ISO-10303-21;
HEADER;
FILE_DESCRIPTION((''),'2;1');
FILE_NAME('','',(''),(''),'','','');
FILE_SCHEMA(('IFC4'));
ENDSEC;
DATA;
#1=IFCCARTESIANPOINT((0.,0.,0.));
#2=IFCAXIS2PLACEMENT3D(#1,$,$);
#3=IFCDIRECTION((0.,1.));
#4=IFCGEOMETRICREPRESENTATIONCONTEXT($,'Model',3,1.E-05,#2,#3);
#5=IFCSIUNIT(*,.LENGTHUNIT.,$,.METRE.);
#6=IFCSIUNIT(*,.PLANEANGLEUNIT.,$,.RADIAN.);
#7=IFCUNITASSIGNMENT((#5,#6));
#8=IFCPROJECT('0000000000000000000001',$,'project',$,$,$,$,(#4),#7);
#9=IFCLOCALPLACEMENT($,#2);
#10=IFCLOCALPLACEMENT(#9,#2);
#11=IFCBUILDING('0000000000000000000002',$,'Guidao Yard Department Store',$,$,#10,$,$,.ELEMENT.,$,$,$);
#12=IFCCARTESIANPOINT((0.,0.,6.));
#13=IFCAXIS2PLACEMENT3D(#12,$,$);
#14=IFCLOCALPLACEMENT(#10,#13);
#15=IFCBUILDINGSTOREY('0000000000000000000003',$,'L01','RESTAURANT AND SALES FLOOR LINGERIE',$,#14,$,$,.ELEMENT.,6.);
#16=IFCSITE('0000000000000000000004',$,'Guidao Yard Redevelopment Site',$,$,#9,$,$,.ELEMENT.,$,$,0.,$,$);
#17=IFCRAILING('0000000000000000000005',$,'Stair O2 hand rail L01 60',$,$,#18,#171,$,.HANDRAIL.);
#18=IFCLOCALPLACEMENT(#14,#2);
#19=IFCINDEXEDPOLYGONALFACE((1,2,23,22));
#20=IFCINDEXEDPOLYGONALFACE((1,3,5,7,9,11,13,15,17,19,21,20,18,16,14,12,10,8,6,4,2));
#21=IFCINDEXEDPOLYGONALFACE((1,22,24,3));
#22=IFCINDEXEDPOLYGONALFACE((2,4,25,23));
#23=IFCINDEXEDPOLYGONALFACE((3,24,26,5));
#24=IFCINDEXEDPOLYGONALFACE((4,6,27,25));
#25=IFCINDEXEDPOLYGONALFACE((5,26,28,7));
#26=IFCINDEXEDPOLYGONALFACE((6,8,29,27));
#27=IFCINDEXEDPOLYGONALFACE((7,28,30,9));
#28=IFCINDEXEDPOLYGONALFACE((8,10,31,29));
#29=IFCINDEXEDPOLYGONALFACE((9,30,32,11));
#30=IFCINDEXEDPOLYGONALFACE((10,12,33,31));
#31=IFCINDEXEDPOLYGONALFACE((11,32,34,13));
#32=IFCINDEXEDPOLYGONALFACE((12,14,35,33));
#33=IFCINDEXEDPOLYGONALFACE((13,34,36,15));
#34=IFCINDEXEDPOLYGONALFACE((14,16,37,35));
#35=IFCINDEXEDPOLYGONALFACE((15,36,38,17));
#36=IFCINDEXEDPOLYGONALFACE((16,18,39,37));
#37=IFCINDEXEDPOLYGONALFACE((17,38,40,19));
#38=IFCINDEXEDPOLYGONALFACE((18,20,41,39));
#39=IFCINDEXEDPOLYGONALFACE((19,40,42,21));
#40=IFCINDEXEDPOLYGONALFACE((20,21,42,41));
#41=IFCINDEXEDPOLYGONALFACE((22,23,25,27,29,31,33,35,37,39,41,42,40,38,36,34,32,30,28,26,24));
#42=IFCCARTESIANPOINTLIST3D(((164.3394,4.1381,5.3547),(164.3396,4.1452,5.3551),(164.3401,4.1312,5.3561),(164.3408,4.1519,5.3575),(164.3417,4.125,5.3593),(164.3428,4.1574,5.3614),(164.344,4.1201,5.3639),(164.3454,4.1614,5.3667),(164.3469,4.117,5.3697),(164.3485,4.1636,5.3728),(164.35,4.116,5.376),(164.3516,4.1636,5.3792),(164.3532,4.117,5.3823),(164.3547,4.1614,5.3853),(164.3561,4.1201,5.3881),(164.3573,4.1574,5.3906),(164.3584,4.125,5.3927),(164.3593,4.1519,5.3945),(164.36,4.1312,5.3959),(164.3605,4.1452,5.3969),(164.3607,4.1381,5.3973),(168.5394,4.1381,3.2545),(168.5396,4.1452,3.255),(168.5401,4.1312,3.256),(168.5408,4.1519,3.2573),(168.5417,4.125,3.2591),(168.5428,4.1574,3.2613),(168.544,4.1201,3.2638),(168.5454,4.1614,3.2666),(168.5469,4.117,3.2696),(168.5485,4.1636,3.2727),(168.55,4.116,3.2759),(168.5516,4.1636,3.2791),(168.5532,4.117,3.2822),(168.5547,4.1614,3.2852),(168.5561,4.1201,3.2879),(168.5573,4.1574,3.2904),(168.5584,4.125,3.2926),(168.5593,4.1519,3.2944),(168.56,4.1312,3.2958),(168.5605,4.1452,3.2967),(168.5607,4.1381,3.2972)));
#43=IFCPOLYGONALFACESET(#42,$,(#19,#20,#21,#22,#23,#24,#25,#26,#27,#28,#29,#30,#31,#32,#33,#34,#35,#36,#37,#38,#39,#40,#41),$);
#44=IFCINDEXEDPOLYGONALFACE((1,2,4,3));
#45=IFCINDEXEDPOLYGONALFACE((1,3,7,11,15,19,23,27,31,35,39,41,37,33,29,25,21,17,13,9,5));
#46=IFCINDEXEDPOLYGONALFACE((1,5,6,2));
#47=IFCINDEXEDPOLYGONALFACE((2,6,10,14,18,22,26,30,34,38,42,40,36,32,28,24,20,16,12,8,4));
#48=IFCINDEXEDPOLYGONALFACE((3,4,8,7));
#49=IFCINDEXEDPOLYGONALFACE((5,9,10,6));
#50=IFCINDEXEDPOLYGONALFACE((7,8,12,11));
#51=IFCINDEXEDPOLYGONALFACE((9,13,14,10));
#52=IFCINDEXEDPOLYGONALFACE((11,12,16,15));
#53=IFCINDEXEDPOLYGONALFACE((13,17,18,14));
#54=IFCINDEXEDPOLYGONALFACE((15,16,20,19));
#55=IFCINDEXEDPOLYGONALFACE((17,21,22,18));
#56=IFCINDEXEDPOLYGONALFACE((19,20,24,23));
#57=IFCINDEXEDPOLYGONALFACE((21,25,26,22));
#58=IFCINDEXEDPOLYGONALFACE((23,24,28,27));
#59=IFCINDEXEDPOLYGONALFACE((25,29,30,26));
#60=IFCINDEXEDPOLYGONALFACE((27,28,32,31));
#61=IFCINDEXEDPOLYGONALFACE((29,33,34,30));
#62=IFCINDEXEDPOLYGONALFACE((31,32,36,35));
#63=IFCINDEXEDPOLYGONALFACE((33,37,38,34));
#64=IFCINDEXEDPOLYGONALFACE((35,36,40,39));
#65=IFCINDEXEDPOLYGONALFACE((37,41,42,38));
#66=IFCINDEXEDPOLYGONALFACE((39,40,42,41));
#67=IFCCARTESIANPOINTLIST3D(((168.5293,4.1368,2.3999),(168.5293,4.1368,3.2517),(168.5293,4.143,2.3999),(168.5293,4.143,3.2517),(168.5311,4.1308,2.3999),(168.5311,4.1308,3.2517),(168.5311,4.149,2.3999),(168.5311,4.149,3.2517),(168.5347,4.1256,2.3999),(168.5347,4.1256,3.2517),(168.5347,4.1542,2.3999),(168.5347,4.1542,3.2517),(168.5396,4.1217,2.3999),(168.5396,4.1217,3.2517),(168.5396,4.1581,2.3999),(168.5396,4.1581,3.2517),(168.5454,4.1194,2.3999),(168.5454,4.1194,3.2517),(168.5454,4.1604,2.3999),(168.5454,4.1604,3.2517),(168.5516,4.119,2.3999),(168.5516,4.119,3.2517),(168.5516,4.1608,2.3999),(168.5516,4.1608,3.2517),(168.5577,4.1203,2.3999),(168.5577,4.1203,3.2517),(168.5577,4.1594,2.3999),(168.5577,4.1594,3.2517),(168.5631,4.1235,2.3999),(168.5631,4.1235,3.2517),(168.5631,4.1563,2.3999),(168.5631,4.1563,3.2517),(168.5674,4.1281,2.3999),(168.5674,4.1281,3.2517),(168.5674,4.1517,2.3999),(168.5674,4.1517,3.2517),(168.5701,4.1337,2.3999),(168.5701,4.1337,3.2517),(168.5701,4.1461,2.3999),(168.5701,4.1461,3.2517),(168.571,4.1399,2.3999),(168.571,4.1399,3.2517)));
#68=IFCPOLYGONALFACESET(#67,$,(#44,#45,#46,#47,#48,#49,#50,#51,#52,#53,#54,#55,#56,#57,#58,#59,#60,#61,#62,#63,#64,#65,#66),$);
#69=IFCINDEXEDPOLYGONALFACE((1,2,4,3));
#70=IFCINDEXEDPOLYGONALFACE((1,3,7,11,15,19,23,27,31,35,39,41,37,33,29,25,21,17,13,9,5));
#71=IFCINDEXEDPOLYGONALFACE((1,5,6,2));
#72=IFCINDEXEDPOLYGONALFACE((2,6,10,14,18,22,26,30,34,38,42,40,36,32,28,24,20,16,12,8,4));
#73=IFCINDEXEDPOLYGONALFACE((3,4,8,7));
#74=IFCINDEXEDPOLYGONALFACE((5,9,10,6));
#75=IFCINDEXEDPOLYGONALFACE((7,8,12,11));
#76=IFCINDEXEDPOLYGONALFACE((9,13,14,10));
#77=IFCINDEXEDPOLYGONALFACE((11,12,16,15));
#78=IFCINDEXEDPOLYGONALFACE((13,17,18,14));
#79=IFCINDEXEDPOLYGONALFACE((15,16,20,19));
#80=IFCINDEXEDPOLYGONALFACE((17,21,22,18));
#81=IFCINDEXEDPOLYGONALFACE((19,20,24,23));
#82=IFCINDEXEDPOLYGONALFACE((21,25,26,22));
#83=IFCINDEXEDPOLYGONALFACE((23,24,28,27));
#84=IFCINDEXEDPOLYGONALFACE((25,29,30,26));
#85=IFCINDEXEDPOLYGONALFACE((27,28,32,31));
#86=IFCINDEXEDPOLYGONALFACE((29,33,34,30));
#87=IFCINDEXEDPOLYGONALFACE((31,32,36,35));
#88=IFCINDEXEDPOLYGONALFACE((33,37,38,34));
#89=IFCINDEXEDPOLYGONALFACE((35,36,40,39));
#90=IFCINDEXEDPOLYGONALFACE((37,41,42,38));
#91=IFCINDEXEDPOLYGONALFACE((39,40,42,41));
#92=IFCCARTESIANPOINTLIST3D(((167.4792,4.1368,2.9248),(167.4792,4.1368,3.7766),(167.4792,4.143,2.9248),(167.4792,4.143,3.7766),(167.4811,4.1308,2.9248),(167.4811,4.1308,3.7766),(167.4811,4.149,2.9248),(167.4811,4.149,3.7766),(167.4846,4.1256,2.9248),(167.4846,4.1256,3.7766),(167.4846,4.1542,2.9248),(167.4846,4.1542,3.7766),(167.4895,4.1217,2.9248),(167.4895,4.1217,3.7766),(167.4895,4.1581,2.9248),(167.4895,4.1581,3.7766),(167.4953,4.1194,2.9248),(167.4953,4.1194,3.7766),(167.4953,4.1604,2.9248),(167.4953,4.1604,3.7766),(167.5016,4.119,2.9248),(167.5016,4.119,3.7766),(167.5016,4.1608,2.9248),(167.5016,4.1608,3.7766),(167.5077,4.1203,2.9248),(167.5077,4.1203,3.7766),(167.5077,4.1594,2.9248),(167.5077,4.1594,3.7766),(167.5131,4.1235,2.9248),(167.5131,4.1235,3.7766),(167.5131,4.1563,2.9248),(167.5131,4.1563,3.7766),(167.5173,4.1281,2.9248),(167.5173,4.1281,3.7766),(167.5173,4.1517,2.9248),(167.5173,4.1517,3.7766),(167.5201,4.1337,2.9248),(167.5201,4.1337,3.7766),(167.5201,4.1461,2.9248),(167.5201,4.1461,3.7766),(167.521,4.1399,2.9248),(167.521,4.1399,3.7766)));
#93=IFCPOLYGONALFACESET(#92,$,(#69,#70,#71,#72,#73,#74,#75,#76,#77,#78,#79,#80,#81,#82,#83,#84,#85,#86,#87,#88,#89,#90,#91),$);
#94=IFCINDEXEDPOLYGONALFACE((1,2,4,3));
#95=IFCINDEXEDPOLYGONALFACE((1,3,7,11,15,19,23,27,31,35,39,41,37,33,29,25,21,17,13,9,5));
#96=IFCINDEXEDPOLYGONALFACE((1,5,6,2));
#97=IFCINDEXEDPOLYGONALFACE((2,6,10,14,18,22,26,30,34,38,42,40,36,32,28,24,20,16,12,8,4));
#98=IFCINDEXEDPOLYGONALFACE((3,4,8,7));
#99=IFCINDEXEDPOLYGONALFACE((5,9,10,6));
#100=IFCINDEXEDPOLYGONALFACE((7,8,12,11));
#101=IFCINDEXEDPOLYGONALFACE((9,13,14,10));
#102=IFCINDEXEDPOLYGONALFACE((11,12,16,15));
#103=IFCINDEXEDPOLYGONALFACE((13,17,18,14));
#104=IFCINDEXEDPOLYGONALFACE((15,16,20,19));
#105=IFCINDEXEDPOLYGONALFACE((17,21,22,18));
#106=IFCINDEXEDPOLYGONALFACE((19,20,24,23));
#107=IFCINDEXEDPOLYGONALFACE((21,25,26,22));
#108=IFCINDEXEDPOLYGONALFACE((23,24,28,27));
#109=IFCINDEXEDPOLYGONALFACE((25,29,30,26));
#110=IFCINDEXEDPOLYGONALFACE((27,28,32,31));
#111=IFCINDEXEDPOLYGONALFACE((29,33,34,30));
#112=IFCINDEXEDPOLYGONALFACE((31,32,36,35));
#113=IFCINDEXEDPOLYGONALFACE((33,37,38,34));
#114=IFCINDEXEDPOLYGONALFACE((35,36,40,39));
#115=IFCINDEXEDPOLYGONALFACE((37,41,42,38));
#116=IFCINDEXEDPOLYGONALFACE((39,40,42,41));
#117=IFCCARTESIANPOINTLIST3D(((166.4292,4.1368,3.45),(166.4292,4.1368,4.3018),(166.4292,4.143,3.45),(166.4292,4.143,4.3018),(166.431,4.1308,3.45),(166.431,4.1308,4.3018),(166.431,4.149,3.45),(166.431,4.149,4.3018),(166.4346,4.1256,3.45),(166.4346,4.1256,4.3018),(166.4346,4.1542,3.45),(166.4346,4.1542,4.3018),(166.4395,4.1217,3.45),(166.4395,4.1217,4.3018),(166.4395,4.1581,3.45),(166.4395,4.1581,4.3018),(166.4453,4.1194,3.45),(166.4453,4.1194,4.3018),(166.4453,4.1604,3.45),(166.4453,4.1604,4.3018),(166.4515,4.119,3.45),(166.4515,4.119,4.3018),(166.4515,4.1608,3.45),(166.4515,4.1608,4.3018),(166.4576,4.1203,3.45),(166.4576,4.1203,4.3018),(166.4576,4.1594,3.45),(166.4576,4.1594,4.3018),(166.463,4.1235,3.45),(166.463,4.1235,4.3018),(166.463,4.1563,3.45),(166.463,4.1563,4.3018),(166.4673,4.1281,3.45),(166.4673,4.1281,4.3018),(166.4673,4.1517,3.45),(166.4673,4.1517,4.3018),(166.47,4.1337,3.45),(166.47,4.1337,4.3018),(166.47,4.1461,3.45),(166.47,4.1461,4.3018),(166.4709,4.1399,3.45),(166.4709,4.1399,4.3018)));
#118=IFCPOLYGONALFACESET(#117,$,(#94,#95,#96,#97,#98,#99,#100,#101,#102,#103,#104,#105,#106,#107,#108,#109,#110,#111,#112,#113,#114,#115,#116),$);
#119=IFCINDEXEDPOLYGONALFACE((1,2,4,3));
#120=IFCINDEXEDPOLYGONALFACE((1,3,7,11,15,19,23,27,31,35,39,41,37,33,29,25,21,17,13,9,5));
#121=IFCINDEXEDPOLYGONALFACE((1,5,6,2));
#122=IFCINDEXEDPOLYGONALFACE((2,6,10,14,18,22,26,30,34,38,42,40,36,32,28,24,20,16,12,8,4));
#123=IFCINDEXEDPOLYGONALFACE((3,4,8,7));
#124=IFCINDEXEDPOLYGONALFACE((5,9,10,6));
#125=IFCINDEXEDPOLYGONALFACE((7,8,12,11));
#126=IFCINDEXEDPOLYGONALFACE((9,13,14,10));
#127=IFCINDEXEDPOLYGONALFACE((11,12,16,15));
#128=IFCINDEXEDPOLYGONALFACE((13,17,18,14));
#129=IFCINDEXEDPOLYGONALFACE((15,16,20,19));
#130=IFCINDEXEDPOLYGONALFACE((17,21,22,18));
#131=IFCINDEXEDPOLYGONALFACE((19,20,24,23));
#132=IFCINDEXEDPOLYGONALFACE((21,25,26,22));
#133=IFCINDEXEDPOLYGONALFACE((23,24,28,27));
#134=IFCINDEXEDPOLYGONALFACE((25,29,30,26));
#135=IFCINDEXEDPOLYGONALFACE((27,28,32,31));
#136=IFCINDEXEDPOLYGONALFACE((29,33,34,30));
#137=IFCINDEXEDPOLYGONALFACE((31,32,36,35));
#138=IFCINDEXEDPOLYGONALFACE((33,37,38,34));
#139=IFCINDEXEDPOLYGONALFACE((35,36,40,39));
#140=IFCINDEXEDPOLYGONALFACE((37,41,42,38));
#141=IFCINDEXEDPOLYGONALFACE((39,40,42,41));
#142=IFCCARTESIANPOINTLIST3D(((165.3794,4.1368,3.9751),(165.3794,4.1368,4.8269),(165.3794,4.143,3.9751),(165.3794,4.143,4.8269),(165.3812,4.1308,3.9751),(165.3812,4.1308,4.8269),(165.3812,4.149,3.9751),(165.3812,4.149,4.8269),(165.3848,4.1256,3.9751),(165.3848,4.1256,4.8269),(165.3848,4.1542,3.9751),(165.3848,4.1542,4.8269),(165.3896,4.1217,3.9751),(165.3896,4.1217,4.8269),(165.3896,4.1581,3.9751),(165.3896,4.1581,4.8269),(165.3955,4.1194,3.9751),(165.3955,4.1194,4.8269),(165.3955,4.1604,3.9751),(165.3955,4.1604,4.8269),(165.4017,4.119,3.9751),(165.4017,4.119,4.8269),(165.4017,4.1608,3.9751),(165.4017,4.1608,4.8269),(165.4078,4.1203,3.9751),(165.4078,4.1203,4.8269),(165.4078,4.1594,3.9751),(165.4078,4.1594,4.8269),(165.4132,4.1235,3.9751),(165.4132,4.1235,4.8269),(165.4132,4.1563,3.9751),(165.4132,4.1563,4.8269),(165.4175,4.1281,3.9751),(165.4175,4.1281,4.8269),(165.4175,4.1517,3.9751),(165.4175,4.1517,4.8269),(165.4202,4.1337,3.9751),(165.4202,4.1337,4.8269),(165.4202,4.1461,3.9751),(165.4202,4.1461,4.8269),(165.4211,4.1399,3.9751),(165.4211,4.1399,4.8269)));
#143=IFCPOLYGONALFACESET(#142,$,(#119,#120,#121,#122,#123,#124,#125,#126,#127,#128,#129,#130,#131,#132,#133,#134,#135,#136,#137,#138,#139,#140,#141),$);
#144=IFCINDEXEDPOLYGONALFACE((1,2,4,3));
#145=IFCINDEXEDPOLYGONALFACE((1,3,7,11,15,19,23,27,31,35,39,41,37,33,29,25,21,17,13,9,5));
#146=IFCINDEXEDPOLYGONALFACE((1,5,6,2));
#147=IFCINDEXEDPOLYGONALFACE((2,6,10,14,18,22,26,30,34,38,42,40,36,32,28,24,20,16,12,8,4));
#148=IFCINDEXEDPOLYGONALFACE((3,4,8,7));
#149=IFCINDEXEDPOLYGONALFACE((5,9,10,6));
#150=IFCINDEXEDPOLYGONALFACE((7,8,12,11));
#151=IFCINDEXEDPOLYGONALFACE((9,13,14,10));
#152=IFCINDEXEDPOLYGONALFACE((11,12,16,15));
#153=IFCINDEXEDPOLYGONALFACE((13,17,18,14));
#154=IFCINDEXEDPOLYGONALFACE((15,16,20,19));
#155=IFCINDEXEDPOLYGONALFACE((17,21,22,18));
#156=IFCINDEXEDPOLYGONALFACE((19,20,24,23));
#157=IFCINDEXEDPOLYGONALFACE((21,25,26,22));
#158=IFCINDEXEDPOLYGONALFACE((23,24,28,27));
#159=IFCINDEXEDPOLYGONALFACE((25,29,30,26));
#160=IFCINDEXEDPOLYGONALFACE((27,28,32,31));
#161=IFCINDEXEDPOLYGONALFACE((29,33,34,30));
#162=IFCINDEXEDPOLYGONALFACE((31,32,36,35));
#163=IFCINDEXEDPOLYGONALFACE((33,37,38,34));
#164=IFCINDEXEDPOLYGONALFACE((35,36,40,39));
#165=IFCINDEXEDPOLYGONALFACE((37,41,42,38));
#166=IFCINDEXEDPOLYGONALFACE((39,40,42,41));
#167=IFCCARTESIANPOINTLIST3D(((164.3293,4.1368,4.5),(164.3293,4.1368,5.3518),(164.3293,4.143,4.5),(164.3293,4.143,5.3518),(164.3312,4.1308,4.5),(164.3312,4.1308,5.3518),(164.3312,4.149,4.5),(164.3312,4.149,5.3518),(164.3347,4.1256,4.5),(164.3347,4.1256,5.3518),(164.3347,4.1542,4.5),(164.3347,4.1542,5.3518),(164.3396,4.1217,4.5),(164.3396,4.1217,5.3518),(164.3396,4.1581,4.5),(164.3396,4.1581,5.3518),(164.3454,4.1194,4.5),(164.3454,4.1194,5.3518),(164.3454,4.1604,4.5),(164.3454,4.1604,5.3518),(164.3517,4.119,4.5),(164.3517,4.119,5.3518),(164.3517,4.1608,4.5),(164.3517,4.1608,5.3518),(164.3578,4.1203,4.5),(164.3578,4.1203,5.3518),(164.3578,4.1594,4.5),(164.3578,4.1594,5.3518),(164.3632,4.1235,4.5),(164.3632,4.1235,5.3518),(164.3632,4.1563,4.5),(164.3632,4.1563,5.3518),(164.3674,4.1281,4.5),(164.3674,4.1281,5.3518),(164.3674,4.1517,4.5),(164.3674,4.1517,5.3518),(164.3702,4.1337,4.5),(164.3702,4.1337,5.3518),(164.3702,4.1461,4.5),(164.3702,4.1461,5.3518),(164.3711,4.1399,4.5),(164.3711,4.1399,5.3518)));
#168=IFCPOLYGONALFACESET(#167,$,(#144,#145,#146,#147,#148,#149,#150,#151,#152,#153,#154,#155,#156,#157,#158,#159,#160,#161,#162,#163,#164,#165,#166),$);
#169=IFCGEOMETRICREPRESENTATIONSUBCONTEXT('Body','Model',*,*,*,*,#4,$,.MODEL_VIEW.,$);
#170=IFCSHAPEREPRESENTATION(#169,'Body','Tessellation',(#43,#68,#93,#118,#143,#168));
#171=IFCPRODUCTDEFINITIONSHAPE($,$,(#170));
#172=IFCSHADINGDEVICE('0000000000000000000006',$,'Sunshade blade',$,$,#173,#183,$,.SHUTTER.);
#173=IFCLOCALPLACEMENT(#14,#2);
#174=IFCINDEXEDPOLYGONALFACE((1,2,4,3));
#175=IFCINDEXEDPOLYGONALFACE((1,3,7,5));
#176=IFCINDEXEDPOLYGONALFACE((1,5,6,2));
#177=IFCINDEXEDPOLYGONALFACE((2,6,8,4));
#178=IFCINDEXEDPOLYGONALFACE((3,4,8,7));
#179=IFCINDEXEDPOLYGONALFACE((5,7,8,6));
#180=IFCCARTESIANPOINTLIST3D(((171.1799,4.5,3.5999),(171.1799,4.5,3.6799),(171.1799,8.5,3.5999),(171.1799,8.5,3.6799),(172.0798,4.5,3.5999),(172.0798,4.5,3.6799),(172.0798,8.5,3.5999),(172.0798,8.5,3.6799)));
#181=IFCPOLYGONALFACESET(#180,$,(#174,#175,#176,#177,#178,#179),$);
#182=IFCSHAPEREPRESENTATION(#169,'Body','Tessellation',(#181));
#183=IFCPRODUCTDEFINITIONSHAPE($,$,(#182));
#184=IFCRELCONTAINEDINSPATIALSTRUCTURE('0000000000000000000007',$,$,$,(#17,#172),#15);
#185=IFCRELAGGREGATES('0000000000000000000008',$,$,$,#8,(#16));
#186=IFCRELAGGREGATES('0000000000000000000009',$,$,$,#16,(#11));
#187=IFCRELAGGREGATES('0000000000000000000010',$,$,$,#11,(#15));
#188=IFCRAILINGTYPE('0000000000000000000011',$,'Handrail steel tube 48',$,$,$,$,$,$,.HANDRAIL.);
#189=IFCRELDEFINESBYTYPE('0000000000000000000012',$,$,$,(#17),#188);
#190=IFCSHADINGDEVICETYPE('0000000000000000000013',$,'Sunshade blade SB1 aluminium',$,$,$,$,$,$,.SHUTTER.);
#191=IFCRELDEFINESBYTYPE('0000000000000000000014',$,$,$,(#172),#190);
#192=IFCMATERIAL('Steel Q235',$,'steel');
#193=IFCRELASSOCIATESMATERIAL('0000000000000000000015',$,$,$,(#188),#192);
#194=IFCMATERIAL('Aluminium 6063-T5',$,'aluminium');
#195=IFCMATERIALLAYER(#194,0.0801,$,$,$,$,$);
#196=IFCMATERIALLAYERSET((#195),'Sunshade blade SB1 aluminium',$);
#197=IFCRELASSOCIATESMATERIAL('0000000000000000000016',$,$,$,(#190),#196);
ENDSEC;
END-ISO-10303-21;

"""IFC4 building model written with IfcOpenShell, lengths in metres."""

from ifc_helpers import new_model, si_unit, direction, frame, origin, origin_2d, place, context, subcontext, project, spatial, rectangle, circle, extrude, material, layer, layer_set, type_object, element, save


model = new_model("IFC4")

# Units and contexts
model_context = context("Model", 3, precision=1e-05, world=origin(), true_north=direction((0.0, 1.0)))
body_context = subcontext(model_context, "Body", "Model", "MODEL_VIEW")
ifc_project = project(units=[si_unit("LENGTHUNIT", "METRE"), si_unit("PLANEANGLEUNIT", "RADIAN")], contexts=[model_context])

# Site, building, storey
site_placement = place(None, origin())
site = spatial("IfcSite", under=ifc_project, at=site_placement, Name="Guidao Yard Redevelopment Site", CompositionType="ELEMENT", RefElevation=0.0)
building_placement = place(site_placement, origin())
building = spatial("IfcBuilding", under=site, at=building_placement, Name="Guidao Yard Department Store", CompositionType="ELEMENT")
storey_placement = place(building_placement, frame((0.0, 0.0, 6.0)))
storey = spatial("IfcBuildingStorey", under=building, at=storey_placement, Name="L01", Description="RESTAURANT AND SALES FLOOR LINGERIE", CompositionType="ELEMENT", Elevation=6.0)

# Railing
ifc_material_1 = material(Name="Steel Q235", Category="steel")
railing_type_1 = type_object("IfcRailingType", Name="Handrail steel tube 48", PredefinedType="HANDRAIL", material=ifc_material_1)
for number, where, name in (
    (1, (168.55, 4.1399, 2.3999), "Stair O2 hand rail L01 60"),
):
    element("IfcRailing", number, at=place(storey_placement, frame(where)), inside=storey, type_object=railing_type_1, Name=name, PredefinedType="HANDRAIL", context=body_context, shape_type="SweptSolid", body=[
        extrude(circle(Radius=0.0239, at=origin_2d()), frame((0.0, 0.0, 0.876), z_axis=(-0.894417, 0.0, 0.447234), x_axis=(0.0, -1.0, 0.0)), (0.0, 0.0, 1.0), 4.6958),
        extrude(circle(Radius=0.021, at=origin_2d()), origin(), (0.0, 0.0, 1.0), 0.8518),
        extrude(circle(Radius=0.021, at=origin_2d()), frame((-1.05, 0.0, 0.5249)), (0.0, 0.0, 1.0), 0.8518),
        extrude(circle(Radius=0.021, at=origin_2d()), frame((-2.1001, 0.0, 1.05)), (0.0, 0.0, 1.0), 0.8518),
        extrude(circle(Radius=0.021, at=origin_2d()), frame((-3.1499, 0.0, 1.5752)), (0.0, 0.0, 1.0), 0.8518),
        extrude(circle(Radius=0.021, at=origin_2d()), frame((-4.2, 0.0, 2.1001)), (0.0, 0.0, 1.0), 0.8518),
    ])

# Shading device
ifc_material_2 = material(Name="Aluminium 6063-T5", Category="aluminium")
ifc_layer_1 = layer(ifc_material_2, 0.0801)
ifc_layer_set_1 = layer_set([ifc_layer_1], Name="Sunshade blade SB1 aluminium")
shading_device_type = type_object("IfcShadingDeviceType", Name="Sunshade blade SB1 aluminium", PredefinedType="SHUTTER", material=ifc_layer_set_1)
shading_device_placement = place(storey_placement, frame((171.6299, 6.5, 3.5999), z_axis=(0.0, 0.0, 1.0), x_axis=(0.0, -1.0, 0.0)))
element("IfcShadingDevice", 2, at=shading_device_placement, inside=storey, type_object=shading_device_type, Name="Sunshade blade", PredefinedType="SHUTTER", context=body_context, shape_type="SweptSolid", body=[
    extrude(rectangle(XDim=4.0, YDim=0.8999, at=origin_2d()), origin(), (0.0, 0.0, 1.0), 0.0801),
])

save(model, "model.ifc")
